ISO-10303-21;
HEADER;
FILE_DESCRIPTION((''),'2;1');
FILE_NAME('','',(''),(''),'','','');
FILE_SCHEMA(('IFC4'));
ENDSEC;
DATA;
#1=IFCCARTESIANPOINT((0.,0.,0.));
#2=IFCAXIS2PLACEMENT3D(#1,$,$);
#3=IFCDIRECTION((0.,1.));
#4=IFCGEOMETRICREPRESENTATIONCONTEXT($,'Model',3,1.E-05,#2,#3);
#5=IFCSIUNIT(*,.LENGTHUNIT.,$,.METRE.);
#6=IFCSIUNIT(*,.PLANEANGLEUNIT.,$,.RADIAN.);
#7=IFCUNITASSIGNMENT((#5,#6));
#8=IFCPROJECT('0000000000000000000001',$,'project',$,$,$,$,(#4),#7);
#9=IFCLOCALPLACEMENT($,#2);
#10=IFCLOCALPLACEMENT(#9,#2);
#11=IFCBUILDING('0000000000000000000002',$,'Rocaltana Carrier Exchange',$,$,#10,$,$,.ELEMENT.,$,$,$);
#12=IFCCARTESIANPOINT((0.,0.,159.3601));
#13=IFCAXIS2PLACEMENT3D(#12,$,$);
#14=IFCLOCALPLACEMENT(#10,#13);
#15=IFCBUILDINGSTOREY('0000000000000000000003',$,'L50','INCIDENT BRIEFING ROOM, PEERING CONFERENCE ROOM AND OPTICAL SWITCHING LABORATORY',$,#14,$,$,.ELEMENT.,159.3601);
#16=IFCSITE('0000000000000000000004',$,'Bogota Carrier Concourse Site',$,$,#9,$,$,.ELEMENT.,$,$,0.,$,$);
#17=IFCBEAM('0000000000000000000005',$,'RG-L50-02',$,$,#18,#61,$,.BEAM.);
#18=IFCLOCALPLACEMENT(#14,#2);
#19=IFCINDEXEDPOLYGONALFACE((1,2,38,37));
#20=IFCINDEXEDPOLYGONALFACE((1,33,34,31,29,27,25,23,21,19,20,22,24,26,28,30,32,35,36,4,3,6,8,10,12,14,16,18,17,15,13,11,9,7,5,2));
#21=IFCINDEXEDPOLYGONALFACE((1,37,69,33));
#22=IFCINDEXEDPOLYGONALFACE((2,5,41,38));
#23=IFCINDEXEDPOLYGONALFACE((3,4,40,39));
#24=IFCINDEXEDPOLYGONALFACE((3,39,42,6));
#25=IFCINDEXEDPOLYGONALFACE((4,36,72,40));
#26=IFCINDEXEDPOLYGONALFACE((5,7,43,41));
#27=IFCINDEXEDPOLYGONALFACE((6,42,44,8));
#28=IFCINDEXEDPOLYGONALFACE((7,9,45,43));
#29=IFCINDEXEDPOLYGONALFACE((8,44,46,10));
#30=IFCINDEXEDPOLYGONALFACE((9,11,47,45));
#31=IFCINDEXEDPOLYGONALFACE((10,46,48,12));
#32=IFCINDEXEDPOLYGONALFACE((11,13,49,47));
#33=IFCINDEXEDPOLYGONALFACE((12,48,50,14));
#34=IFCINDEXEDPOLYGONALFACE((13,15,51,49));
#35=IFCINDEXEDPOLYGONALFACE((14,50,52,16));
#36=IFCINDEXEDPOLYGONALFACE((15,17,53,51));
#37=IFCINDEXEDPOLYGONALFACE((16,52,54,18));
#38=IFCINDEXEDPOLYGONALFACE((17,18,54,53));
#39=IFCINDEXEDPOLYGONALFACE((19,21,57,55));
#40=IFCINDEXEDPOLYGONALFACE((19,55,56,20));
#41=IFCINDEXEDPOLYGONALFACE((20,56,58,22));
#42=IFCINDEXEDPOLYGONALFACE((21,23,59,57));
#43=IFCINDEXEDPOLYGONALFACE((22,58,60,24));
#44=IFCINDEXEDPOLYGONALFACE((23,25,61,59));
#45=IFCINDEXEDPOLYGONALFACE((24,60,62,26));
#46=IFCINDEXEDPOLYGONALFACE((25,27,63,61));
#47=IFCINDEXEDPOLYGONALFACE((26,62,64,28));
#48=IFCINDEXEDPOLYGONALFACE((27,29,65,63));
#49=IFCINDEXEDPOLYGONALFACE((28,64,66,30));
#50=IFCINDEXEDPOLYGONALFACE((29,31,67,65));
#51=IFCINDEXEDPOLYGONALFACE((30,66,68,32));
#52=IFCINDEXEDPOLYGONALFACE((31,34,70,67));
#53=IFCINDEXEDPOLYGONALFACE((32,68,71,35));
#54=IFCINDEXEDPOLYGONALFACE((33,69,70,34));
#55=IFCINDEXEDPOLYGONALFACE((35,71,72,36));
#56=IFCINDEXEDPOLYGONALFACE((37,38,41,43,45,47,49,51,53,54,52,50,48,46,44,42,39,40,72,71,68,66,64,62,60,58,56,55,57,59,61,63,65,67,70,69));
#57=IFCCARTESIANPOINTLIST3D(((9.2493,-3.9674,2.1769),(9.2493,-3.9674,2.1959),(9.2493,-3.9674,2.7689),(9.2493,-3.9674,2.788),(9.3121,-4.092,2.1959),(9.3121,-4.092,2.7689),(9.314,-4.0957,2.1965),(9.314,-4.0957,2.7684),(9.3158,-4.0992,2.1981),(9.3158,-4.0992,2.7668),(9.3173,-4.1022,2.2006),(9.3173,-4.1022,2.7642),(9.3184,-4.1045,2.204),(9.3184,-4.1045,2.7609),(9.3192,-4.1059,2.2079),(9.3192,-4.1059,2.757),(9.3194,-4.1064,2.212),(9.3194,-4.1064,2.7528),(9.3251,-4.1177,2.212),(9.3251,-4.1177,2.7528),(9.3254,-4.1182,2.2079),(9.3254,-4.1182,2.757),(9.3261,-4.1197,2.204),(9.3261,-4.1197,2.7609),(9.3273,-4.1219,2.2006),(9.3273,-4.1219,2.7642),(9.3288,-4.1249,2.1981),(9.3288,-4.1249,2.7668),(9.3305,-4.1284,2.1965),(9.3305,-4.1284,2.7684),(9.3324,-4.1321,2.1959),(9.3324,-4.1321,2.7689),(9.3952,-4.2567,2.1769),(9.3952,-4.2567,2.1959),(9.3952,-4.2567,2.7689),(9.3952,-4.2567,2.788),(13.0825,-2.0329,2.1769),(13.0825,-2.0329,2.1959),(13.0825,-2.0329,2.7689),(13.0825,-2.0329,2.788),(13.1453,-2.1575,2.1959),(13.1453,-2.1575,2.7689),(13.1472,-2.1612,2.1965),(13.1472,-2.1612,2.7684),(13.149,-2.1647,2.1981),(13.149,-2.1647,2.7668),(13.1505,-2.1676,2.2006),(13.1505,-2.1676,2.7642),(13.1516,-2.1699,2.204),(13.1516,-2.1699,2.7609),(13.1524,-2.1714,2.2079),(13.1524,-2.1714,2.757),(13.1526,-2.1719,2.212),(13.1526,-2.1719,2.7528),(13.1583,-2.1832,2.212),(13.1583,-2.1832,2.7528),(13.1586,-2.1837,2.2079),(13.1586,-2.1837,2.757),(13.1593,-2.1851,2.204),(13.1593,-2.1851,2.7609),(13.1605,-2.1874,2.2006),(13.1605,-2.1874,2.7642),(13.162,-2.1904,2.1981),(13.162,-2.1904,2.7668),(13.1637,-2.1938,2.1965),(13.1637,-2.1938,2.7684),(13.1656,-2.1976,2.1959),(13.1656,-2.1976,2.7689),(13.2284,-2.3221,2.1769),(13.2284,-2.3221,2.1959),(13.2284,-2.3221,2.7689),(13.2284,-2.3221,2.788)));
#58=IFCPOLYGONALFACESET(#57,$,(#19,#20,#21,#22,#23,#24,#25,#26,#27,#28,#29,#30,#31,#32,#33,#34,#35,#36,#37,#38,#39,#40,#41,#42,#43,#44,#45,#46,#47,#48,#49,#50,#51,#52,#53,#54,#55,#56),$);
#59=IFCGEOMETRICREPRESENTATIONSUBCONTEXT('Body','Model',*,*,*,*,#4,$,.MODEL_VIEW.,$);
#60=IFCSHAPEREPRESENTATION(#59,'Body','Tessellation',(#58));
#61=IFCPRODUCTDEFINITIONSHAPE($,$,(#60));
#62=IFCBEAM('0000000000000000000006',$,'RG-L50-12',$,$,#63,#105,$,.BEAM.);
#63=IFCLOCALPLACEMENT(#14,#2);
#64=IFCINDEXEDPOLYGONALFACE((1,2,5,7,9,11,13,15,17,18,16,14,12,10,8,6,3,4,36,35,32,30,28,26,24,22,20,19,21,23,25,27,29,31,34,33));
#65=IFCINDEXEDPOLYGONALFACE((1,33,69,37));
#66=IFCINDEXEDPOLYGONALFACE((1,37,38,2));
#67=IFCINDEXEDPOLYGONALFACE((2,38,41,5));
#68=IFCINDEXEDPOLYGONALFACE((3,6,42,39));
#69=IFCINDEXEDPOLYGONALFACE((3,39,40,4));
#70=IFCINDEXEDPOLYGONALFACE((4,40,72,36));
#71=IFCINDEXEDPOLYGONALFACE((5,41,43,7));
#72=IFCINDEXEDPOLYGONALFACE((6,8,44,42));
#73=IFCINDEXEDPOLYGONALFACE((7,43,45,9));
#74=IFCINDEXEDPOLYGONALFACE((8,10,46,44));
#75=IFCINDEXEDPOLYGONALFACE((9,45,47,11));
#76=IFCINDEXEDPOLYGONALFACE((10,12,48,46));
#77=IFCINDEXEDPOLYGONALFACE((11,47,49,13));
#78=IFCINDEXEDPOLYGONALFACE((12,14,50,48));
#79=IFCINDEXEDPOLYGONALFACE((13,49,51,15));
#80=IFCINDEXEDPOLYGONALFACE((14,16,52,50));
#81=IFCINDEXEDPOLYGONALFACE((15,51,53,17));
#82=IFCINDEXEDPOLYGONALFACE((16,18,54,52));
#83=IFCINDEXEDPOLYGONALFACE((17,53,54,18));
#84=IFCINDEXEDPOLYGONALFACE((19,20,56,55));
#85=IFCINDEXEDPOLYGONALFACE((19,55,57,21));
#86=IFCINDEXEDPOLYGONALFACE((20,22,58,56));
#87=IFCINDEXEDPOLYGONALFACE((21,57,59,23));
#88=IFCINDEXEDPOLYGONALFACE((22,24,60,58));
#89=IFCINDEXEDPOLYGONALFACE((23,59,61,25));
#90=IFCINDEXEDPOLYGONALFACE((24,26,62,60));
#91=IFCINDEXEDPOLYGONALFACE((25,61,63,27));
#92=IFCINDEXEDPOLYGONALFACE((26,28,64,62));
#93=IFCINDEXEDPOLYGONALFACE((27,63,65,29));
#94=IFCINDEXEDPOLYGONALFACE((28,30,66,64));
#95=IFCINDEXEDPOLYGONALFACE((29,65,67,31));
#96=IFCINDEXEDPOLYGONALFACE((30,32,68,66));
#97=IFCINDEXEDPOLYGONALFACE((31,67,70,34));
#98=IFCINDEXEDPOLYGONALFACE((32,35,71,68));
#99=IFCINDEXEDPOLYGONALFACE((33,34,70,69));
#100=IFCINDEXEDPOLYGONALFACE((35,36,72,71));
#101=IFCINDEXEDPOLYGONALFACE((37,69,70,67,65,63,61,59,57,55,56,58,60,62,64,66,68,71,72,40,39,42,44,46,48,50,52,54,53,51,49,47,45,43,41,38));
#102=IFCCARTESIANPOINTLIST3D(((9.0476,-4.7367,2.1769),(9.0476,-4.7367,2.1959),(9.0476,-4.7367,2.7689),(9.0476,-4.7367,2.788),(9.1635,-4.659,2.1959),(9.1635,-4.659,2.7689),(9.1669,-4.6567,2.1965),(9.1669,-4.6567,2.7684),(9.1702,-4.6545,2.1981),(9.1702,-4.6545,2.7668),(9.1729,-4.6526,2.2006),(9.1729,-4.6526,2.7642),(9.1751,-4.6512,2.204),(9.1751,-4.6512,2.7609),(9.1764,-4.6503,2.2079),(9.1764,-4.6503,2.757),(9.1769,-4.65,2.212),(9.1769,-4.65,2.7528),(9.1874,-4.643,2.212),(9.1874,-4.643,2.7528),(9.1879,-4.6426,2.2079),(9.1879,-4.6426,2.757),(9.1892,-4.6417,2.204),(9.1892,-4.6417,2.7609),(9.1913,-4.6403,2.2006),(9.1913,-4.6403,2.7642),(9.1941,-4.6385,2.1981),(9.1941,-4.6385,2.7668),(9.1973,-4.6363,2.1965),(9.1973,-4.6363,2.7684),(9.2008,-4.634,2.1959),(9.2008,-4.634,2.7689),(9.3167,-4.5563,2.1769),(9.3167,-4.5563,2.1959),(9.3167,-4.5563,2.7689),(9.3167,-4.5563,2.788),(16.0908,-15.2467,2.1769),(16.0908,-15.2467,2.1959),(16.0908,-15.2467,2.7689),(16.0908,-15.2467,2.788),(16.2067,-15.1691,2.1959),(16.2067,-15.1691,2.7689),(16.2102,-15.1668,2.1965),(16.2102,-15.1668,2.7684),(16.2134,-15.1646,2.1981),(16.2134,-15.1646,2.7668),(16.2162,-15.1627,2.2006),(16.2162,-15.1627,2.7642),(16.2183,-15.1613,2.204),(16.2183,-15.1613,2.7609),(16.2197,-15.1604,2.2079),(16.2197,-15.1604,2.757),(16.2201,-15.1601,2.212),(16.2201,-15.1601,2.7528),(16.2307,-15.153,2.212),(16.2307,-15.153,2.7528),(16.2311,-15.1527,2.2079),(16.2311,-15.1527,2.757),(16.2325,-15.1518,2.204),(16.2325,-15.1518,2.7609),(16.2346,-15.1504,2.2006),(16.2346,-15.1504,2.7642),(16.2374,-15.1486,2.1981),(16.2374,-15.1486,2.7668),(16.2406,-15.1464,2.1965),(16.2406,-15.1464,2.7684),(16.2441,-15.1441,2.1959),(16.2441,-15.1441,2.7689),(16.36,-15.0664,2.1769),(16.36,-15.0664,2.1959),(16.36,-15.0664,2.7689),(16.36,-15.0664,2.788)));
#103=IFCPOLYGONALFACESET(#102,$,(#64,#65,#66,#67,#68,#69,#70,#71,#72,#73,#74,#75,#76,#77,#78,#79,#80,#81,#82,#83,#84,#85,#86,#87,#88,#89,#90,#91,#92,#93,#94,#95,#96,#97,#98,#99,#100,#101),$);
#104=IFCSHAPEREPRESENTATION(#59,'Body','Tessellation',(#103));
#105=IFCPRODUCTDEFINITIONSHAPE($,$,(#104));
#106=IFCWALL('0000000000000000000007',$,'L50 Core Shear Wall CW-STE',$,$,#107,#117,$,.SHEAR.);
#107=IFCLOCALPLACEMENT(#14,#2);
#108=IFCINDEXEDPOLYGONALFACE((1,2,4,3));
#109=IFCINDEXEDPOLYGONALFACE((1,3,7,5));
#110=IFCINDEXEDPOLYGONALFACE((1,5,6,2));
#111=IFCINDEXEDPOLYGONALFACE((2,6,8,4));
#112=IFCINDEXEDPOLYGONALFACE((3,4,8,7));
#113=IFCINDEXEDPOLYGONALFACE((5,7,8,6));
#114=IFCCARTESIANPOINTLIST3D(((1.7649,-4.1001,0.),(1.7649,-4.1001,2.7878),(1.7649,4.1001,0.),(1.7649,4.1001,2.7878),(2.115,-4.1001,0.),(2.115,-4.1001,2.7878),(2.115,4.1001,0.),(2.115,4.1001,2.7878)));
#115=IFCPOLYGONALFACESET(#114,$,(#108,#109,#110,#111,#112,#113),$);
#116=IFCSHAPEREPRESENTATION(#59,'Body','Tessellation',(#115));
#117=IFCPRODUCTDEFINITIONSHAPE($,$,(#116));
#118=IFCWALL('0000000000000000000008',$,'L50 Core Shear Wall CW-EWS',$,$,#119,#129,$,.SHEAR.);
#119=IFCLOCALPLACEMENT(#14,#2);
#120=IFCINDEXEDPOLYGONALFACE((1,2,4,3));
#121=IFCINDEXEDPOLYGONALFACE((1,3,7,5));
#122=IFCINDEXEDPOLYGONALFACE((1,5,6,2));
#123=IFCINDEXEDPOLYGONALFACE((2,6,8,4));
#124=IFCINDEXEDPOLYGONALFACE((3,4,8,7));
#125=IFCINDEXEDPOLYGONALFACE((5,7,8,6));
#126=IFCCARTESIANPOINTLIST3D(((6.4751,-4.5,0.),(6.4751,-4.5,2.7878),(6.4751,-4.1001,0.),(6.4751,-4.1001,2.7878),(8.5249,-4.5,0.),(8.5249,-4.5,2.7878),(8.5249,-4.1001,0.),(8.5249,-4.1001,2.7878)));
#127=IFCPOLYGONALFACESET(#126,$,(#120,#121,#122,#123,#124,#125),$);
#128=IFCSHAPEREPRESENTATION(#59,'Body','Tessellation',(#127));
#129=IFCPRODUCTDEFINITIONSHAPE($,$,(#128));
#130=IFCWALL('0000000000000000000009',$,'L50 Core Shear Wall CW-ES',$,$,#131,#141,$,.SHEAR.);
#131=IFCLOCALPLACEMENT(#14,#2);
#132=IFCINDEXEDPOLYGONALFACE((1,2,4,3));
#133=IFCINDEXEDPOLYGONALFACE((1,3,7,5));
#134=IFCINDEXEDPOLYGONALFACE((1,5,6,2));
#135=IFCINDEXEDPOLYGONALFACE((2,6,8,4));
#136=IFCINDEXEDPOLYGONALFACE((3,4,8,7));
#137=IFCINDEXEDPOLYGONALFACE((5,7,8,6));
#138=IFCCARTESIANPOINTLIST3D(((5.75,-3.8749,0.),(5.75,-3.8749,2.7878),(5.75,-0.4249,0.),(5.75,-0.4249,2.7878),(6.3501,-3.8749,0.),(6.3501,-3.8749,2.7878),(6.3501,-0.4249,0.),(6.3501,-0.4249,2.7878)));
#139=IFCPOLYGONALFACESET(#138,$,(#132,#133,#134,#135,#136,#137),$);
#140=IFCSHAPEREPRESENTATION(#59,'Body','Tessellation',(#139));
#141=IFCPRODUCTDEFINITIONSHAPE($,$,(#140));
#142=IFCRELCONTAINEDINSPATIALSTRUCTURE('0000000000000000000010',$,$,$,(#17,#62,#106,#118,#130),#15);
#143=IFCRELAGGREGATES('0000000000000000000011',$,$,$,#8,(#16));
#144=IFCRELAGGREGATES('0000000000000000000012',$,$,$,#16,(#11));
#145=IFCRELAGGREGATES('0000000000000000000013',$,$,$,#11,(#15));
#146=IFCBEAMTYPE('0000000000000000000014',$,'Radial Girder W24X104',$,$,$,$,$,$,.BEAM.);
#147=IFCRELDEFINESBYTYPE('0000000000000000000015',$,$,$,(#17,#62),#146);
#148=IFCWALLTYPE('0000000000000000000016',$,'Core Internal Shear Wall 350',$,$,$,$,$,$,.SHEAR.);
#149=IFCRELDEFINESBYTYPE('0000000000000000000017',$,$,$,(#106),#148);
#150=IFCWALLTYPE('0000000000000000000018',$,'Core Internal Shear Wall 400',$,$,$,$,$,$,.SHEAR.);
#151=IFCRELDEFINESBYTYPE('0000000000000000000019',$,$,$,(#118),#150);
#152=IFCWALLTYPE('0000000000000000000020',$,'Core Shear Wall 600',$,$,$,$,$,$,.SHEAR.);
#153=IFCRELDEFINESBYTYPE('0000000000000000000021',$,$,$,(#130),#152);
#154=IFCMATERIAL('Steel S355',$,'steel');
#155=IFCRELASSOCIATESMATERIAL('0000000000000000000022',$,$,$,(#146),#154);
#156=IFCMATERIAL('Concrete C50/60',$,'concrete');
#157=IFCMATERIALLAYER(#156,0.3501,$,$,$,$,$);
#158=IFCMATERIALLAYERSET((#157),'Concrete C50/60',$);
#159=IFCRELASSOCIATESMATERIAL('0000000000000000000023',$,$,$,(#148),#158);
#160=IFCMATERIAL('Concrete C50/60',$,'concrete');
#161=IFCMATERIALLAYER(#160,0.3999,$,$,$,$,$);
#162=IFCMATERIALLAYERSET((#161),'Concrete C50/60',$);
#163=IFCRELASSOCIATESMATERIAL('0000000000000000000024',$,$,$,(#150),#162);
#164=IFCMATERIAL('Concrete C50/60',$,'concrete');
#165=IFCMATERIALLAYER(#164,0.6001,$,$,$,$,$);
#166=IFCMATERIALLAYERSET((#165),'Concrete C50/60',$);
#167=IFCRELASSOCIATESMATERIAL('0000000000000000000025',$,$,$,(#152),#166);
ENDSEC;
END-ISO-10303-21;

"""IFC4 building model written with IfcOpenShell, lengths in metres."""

from ifc_helpers import new_model, si_unit, direction, frame, frame_2d, origin, origin_2d, place, context, subcontext, project, spatial, rectangle, i_section, extrude, material, layer, layer_set, material_profile, profile_set, type_object, element, save


model = new_model("IFC4")

# Units and contexts
model_context = context("Model", 3, precision=1e-05, world=origin(), true_north=direction((0.0, 1.0)))
body_context = subcontext(model_context, "Body", "Model", "MODEL_VIEW")
ifc_project = project(units=[si_unit("LENGTHUNIT", "METRE"), si_unit("PLANEANGLEUNIT", "RADIAN")], contexts=[model_context])

# Site, building, storey
site_placement = place(None, origin())
site = spatial("IfcSite", under=ifc_project, at=site_placement, Name="Bogota Carrier Concourse Site", CompositionType="ELEMENT", RefElevation=0.0)
building_placement = place(site_placement, origin())
building = spatial("IfcBuilding", under=site, at=building_placement, Name="Rocaltana Carrier Exchange", CompositionType="ELEMENT")
storey_placement = place(building_placement, frame((0.0, 0.0, 159.3601)))
storey = spatial("IfcBuildingStorey", under=building, at=storey_placement, Name="L50", Description="INCIDENT BRIEFING ROOM, PEERING CONFERENCE ROOM AND OPTICAL SWITCHING LABORATORY", CompositionType="ELEMENT", Elevation=159.3601)

# Beams
ifc_material_1 = material(Name="Steel S355", Category="steel")
ifc_material_profile_1 = material_profile(ifc_material_1, i_section(OverallWidth=0.324, OverallDepth=0.6111, WebThickness=0.0127, FlangeThickness=0.019, FilletRadius=0.0161, at=origin_2d()), Name="W24X104")
ifc_profile_set_1 = profile_set([ifc_material_profile_1], Name="Steel S355")
beam_type = type_object("IfcBeamType", Name="Radial Girder W24X104", PredefinedType="BEAM", material=ifc_profile_set_1)
beam_1_placement = place(storey_placement, frame((9.3223, -4.1121, 2.4824), z_axis=(0.892749, 0.450554, 0.0), x_axis=(-0.450554, 0.892749, 0.0)))
element("IfcBeam", 1, at=beam_1_placement, inside=storey, type_object=beam_type, Name="RG-L50-02", PredefinedType="BEAM", context=body_context, shape_type="SweptSolid", body=[
    extrude(i_section(OverallWidth=0.324, OverallDepth=0.6111, WebThickness=0.0127, FlangeThickness=0.019, FilletRadius=0.0161, at=origin_2d()), origin(), (0.0, 0.0, 1.0), 4.2937),
])
beam_2_placement = place(storey_placement, frame((9.1821, -4.6465, 2.4824), z_axis=(0.556698, -0.830715, 0.0), x_axis=(0.830715, 0.556698, 0.0)))
element("IfcBeam", 2, at=beam_2_placement, inside=storey, type_object=beam_type, Name="RG-L50-12", PredefinedType="BEAM", context=body_context, shape_type="SweptSolid", body=[
    extrude(i_section(OverallWidth=0.324, OverallDepth=0.6111, WebThickness=0.0127, FlangeThickness=0.019, FilletRadius=0.0161, at=origin_2d()), origin(), (0.0, 0.0, 1.0), 12.6519),
])

# Walls
ifc_material_2 = material(Name="Concrete C50/60", Category="concrete")
ifc_layer_1 = layer(ifc_material_2, 0.3501)
ifc_layer_set_1 = layer_set([ifc_layer_1], Name="Concrete C50/60")
wall_type_1 = type_object("IfcWallType", Name="Core Internal Shear Wall 350", PredefinedType="SHEAR", material=ifc_layer_set_1)
wall_1_placement = place(storey_placement, frame((1.9399, -4.1001, 0.0), z_axis=(0.0, 0.0, 1.0), x_axis=(0.0, 1.0, 0.0)))
element("IfcWall", 3, at=wall_1_placement, inside=storey, type_object=wall_type_1, Name="L50 Core Shear Wall CW-STE", PredefinedType="SHEAR", context=body_context, shape_type="SweptSolid", body=[
    extrude(rectangle(XDim=8.2002, YDim=0.3501, at=frame_2d((4.1001, 0.0))), origin(), (0.0, 0.0, 1.0), 2.7878),
])
ifc_material_3 = material(Name="Concrete C50/60", Category="concrete")
ifc_layer_2 = layer(ifc_material_3, 0.3999)
ifc_layer_set_2 = layer_set([ifc_layer_2], Name="Concrete C50/60")
wall_type_2 = type_object("IfcWallType", Name="Core Internal Shear Wall 400", PredefinedType="SHEAR", material=ifc_layer_set_2)
wall_2_placement = place(storey_placement, frame((6.4751, -4.3, 0.0), z_axis=(0.0, 0.0, 1.0), x_axis=(1.0, 0.0, 0.0)))
element("IfcWall", 4, at=wall_2_placement, inside=storey, type_object=wall_type_2, Name="L50 Core Shear Wall CW-EWS", PredefinedType="SHEAR", context=body_context, shape_type="SweptSolid", body=[
    extrude(rectangle(XDim=2.0498, YDim=0.3999, at=frame_2d((1.0249, 0.0))), origin(), (0.0, 0.0, 1.0), 2.7878),
])
ifc_material_4 = material(Name="Concrete C50/60", Category="concrete")
ifc_layer_3 = layer(ifc_material_4, 0.6001)
ifc_layer_set_3 = layer_set([ifc_layer_3], Name="Concrete C50/60")
wall_type_3 = type_object("IfcWallType", Name="Core Shear Wall 600", PredefinedType="SHEAR", material=ifc_layer_set_3)
wall_3_placement = place(storey_placement, frame((6.05, -3.875, 0.0), z_axis=(0.0, 0.0, 1.0), x_axis=(0.0, 1.0, 0.0)))
element("IfcWall", 5, at=wall_3_placement, inside=storey, type_object=wall_type_3, Name="L50 Core Shear Wall CW-ES", PredefinedType="SHEAR", context=body_context, shape_type="SweptSolid", body=[
    extrude(rectangle(XDim=3.45, YDim=0.6001, at=frame_2d((1.7251, 0.0))), origin(), (0.0, 0.0, 1.0), 2.7878),
])

save(model, "model.ifc")
